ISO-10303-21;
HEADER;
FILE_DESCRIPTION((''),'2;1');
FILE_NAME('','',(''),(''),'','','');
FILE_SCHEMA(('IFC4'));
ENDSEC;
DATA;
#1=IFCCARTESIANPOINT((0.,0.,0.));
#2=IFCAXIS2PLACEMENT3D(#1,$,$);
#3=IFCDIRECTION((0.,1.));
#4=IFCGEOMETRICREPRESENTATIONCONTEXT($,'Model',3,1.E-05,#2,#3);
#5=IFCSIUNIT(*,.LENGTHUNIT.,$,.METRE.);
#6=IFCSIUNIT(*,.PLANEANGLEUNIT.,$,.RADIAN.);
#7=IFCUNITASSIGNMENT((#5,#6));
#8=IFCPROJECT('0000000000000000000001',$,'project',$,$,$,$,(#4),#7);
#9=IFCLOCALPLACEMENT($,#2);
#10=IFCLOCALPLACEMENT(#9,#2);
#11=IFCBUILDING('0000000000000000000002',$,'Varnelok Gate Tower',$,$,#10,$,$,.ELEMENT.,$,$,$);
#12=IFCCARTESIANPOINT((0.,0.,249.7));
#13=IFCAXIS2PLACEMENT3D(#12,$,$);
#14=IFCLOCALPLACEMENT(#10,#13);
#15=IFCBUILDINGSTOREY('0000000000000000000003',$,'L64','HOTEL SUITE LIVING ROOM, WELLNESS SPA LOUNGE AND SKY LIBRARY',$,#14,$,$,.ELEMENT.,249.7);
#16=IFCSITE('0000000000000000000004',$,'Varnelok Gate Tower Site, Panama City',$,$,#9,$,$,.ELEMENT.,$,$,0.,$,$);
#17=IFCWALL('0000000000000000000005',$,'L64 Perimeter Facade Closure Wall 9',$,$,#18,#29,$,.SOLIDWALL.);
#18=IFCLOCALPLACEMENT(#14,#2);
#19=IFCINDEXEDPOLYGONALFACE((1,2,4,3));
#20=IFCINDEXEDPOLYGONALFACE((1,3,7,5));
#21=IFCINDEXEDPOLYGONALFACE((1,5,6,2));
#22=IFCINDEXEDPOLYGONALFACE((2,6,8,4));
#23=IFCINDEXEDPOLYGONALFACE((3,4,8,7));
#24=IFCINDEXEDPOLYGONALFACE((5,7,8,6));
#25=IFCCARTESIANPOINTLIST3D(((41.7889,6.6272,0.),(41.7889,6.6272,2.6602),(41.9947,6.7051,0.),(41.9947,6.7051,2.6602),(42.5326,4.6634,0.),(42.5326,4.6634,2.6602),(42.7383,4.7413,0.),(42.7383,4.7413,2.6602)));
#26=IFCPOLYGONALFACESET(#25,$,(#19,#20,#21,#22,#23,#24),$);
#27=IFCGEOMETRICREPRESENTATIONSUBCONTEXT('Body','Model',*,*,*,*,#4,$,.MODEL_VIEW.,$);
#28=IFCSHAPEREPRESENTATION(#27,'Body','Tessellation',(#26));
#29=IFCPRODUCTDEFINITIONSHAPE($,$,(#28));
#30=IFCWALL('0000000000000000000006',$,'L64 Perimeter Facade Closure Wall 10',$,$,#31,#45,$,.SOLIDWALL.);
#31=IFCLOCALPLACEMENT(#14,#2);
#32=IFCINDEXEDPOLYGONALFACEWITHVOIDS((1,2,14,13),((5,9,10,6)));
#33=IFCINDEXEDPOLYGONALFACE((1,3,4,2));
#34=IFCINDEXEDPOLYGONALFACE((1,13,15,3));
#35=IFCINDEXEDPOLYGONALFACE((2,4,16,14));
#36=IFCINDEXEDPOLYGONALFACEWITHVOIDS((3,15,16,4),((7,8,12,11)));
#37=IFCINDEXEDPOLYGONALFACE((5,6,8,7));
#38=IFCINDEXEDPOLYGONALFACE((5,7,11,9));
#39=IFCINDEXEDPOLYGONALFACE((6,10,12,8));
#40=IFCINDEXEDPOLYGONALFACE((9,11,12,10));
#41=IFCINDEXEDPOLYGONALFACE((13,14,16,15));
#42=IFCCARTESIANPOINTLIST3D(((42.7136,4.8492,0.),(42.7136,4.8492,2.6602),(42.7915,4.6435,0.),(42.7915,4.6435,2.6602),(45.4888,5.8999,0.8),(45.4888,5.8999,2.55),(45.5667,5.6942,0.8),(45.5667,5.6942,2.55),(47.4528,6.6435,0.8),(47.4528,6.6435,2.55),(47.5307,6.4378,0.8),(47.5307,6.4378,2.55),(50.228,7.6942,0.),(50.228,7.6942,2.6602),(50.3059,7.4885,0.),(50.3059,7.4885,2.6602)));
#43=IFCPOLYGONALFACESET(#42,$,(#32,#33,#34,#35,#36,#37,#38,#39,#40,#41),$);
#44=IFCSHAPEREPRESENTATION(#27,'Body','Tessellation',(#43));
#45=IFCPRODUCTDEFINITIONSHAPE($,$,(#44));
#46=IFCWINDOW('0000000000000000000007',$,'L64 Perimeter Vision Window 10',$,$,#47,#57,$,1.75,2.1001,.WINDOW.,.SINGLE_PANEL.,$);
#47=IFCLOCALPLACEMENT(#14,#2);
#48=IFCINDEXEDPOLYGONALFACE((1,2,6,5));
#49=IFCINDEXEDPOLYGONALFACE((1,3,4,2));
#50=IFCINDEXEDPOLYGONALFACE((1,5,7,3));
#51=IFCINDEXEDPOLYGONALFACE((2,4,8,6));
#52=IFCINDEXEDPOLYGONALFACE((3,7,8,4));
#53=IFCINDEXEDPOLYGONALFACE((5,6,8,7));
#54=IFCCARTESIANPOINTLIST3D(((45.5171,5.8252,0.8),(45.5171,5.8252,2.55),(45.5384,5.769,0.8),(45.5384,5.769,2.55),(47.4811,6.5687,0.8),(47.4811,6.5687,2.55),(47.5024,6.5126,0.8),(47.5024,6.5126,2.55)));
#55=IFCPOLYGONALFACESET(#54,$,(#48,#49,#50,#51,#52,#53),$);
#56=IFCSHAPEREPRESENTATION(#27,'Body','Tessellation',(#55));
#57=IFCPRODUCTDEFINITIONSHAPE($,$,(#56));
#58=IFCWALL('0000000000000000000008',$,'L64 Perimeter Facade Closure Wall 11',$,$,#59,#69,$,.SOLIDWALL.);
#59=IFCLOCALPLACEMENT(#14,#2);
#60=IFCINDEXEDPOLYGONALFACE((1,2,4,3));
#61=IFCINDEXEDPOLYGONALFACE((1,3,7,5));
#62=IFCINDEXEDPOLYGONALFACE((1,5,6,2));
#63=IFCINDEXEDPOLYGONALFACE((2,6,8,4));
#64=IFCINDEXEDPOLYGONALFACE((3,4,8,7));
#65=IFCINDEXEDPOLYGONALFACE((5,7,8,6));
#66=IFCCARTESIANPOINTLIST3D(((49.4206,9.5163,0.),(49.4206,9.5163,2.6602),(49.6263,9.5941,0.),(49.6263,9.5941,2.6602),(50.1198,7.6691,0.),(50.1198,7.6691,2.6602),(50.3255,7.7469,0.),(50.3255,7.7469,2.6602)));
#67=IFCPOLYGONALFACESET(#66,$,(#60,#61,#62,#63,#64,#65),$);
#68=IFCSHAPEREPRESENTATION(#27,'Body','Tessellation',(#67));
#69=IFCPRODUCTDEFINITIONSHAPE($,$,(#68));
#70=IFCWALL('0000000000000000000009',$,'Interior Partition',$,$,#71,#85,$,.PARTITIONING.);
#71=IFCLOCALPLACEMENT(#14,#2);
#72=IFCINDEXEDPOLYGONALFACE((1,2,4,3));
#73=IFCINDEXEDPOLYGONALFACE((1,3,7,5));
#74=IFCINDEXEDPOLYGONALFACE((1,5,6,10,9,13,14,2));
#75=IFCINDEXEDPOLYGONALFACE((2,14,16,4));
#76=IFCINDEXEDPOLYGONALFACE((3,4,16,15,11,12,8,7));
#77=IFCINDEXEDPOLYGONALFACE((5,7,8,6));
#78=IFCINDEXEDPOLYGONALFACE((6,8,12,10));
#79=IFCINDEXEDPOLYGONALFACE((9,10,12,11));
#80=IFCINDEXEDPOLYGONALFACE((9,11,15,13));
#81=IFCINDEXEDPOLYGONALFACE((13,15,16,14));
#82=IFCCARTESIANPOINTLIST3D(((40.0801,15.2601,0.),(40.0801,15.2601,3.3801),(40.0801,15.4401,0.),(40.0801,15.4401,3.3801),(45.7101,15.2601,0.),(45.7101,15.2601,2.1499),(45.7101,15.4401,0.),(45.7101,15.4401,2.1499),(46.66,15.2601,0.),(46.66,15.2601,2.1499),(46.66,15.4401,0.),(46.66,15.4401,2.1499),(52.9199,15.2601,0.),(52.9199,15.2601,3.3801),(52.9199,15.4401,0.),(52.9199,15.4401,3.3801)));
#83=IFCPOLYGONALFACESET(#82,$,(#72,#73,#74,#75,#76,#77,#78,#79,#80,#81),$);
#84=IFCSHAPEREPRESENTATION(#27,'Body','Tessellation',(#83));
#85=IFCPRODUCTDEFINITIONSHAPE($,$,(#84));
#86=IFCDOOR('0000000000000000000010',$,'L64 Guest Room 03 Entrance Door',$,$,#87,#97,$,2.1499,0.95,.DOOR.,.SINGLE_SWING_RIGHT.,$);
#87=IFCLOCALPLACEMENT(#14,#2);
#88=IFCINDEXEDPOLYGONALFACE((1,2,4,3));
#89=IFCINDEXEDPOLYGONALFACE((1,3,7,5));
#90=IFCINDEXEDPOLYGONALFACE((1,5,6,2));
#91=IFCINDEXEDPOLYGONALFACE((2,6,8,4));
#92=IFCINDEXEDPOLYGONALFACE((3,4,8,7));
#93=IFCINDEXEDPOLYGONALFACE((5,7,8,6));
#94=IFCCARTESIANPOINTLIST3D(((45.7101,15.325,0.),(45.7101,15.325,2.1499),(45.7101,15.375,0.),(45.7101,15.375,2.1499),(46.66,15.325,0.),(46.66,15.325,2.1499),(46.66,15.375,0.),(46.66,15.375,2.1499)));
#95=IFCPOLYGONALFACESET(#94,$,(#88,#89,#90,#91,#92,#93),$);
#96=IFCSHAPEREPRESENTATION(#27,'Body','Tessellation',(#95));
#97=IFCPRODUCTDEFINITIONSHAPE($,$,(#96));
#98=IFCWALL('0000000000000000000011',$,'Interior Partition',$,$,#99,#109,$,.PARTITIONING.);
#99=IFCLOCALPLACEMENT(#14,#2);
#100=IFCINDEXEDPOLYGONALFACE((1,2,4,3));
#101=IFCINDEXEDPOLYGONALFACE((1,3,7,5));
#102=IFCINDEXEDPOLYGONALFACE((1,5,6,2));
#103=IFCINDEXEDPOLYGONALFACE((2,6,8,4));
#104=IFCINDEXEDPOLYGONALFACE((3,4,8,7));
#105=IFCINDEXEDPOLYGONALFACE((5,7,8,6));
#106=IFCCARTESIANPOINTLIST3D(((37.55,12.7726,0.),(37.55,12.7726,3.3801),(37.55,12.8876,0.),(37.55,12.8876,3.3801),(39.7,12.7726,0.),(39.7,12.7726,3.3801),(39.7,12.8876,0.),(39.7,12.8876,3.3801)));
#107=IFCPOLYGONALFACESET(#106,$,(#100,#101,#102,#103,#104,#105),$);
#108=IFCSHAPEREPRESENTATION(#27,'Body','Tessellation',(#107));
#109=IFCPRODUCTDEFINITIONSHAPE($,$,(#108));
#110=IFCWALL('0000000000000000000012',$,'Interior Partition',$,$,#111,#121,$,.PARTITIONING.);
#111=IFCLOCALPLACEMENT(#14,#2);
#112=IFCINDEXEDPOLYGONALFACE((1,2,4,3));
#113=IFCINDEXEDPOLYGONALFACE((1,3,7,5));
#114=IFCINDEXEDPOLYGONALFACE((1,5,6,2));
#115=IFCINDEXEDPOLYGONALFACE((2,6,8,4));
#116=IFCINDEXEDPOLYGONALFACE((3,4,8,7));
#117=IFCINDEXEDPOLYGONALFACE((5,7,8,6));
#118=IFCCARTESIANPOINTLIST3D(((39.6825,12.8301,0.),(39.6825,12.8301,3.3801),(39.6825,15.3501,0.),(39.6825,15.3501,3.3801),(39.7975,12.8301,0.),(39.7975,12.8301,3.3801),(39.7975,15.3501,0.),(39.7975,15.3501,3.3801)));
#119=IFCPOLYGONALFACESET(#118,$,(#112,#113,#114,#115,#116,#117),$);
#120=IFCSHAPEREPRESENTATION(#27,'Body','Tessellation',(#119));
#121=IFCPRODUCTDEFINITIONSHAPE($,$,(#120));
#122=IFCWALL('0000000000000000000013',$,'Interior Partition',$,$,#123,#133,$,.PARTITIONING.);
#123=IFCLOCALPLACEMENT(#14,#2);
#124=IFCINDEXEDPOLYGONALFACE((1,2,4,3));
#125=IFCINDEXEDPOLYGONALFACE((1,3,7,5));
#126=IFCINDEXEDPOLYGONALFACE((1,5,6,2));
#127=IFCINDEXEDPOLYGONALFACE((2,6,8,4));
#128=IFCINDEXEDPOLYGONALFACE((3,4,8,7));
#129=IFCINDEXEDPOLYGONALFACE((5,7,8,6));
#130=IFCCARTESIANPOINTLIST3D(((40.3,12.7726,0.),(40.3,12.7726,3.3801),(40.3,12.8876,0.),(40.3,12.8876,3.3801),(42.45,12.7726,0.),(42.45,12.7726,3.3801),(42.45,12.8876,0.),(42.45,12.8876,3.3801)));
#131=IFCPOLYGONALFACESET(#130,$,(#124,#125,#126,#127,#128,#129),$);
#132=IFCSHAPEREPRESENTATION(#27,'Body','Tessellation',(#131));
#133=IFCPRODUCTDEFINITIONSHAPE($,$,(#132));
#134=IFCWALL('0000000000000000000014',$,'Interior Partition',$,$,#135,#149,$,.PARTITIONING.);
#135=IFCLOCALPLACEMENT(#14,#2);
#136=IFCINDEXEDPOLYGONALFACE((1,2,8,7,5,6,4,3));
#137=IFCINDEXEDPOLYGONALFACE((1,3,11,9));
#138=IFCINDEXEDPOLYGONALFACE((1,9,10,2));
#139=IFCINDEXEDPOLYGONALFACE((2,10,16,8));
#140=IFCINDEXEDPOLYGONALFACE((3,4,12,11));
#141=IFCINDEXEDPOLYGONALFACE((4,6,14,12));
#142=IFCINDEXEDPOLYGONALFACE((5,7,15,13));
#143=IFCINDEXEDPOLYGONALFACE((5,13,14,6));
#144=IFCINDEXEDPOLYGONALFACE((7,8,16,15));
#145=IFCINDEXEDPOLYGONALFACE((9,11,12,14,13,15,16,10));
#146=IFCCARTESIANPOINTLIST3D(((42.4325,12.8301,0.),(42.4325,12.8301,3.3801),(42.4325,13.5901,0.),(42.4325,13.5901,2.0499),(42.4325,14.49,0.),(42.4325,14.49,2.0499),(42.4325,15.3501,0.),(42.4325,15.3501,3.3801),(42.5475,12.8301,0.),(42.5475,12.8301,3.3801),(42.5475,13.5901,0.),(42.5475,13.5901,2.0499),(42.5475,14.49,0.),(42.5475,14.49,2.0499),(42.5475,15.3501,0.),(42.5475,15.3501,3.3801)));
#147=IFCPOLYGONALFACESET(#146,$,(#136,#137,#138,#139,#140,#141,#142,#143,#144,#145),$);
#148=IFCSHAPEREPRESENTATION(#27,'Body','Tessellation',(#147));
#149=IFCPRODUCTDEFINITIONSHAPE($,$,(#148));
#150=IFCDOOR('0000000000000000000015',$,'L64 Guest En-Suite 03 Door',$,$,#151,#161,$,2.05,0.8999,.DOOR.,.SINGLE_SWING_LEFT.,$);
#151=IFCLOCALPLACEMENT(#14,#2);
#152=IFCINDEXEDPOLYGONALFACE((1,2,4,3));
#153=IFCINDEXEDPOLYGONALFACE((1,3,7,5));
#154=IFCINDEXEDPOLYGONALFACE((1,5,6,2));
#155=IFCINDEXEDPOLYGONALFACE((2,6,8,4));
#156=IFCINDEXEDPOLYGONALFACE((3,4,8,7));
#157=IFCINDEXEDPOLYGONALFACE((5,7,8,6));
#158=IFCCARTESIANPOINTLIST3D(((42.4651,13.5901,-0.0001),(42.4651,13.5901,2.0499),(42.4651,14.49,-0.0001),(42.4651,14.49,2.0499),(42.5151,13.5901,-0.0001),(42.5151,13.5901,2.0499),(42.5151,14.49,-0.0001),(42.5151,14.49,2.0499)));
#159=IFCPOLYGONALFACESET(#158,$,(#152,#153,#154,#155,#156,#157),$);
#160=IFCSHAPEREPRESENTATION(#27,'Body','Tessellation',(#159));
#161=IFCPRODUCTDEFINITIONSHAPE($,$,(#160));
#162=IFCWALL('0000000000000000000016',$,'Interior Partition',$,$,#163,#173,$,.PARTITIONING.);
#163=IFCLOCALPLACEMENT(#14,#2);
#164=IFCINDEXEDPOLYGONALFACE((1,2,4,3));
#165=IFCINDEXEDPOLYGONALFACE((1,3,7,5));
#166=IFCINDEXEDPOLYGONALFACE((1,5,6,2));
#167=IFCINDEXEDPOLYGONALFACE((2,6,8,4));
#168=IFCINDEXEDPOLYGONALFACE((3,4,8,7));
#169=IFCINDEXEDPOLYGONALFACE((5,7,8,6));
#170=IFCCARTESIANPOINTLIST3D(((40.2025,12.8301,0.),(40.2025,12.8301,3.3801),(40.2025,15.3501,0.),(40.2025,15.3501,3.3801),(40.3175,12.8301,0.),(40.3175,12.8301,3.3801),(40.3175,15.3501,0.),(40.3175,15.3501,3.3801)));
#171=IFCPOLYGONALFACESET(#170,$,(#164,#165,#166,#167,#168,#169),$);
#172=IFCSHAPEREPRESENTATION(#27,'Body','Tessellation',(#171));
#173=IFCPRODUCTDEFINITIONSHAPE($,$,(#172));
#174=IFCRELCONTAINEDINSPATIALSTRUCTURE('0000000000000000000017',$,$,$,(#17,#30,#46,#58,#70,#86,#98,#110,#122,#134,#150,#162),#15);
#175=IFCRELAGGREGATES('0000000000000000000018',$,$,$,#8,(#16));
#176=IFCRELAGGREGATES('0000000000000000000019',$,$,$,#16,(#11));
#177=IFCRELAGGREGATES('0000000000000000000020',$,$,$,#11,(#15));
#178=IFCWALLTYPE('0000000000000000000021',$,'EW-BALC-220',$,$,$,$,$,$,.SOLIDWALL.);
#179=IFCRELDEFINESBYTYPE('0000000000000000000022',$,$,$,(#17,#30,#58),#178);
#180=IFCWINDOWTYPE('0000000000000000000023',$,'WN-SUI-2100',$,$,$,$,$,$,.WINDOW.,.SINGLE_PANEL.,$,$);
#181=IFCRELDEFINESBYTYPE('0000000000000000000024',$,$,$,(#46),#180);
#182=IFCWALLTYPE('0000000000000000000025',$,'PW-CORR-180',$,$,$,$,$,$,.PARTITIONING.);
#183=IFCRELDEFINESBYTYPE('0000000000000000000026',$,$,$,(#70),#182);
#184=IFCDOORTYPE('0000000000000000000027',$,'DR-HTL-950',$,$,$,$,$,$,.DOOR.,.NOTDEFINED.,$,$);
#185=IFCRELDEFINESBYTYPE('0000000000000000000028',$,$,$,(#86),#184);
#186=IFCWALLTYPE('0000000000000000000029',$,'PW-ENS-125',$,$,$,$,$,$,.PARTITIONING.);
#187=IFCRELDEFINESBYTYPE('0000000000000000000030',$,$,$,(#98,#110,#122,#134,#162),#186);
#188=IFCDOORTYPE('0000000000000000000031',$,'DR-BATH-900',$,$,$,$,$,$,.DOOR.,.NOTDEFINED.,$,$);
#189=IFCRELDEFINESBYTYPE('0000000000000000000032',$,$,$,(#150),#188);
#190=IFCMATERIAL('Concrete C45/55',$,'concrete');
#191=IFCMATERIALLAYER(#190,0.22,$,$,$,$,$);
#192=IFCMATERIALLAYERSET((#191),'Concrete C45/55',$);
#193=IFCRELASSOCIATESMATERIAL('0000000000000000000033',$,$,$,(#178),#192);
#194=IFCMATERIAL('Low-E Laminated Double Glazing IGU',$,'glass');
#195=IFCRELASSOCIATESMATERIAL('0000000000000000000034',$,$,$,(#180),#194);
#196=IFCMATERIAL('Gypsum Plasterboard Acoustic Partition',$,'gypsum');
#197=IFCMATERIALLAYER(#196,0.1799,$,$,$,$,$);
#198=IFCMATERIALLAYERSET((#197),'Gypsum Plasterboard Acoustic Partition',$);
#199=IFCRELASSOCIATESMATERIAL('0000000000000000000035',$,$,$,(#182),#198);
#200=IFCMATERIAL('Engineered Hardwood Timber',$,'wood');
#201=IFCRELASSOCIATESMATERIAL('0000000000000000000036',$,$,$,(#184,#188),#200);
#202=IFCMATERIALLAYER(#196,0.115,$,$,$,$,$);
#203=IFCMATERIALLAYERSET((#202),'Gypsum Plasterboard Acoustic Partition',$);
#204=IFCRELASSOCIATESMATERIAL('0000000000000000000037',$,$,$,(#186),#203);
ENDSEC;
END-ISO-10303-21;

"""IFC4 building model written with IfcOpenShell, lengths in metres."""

from ifc_helpers import new_model, si_unit, direction, frame, frame_2d, origin, place, context, subcontext, project, spatial, rectangle, extrude, material, layer, layer_set, type_object, element, fill, save


model = new_model("IFC4")

# Units and contexts
model_context = context("Model", 3, precision=1e-05, world=origin(), true_north=direction((0.0, 1.0)))
body_context = subcontext(model_context, "Body", "Model", "MODEL_VIEW")
ifc_project = project(units=[si_unit("LENGTHUNIT", "METRE"), si_unit("PLANEANGLEUNIT", "RADIAN")], contexts=[model_context])

# Site, building, storey
site_placement = place(None, origin())
site = spatial("IfcSite", under=ifc_project, at=site_placement, Name="Varnelok Gate Tower Site, Panama City", CompositionType="ELEMENT", RefElevation=0.0)
building_placement = place(site_placement, origin())
building = spatial("IfcBuilding", under=site, at=building_placement, Name="Varnelok Gate Tower", CompositionType="ELEMENT")
storey_placement = place(building_placement, frame((0.0, 0.0, 249.7)))
storey = spatial("IfcBuildingStorey", under=building, at=storey_placement, Name="L64", Description="HOTEL SUITE LIVING ROOM, WELLNESS SPA LOUNGE AND SKY LIBRARY", CompositionType="ELEMENT", Elevation=249.7)

# Shared definitions
ifc_material_1 = material(Name="Concrete C45/55", Category="concrete")
ifc_layer_1 = layer(ifc_material_1, 0.22)
ifc_layer_set_1 = layer_set([ifc_layer_1], Name="Concrete C45/55")
wall_type_1 = type_object("IfcWallType", Name="EW-BALC-220", PredefinedType="SOLIDWALL", material=ifc_layer_set_1)

# Wall
wall_1_placement = place(storey_placement, frame((41.8918, 6.666, 0.0), z_axis=(0.0, 0.0, 1.0), x_axis=(0.354128, -0.935197, 0.0)))
element("IfcWall", 1, at=wall_1_placement, inside=storey, type_object=wall_type_1, Name="L64 Perimeter Facade Closure Wall 9", PredefinedType="SOLIDWALL", context=body_context, shape_type="SweptSolid", body=[
    extrude(rectangle(XDim=2.0999, YDim=0.22, at=frame_2d((1.0498, 0.0))), origin(), (0.0, 0.0, 1.0), 2.6602),
])

# Wall, opening, window
wall_2_placement = place(storey_placement, frame((42.7524, 4.7463, 0.0), z_axis=(0.0, 0.0, 1.0), x_axis=(0.935217, 0.354075, 0.0)))
wall_2 = element("IfcWall", 2, at=wall_2_placement, inside=storey, type_object=wall_type_1, Name="L64 Perimeter Facade Closure Wall 10", PredefinedType="SOLIDWALL", context=body_context, shape_type="SweptSolid", body=[
    extrude(rectangle(XDim=8.0349, YDim=0.22, at=frame_2d((4.0176, 0.0))), origin(), (0.0, 0.0, 1.0), 2.6602),
])
opening_1_placement = place(wall_2_placement, frame((2.9675, 0.0, 0.8)))
opening_1 = element("IfcOpeningElement", 3, at=opening_1_placement, cuts=wall_2, PredefinedType="OPENING", context=body_context, shape_type="SweptSolid", body=[
    extrude(rectangle(XDim=2.1001, YDim=1.75, at=frame_2d((1.05, 0.875))), frame((0.0, 0.1199, 0.0), z_axis=(0.0, -1.0, 0.0), x_axis=(1.0, 0.0, 0.0)), (0.0, 0.0, 1.0), 0.24),
])
ifc_material_2 = material(Name="Low-E Laminated Double Glazing IGU", Category="glass")
window_type = type_object("IfcWindowType", Name="WN-SUI-2100", PartitioningType="SINGLE_PANEL", PredefinedType="WINDOW", material=ifc_material_2)
window_placement = place(opening_1_placement, origin())
window = element("IfcWindow", 4, at=window_placement, inside=storey, type_object=window_type, Name="L64 Perimeter Vision Window 10", OverallHeight=1.75, OverallWidth=2.1001, PartitioningType="SINGLE_PANEL", PredefinedType="WINDOW", context=body_context, shape_type="SweptSolid", body=[
    extrude(rectangle(XDim=2.1001, YDim=1.75, at=frame_2d((1.05, 0.875))), frame((0.0, 0.03, 0.0), z_axis=(0.0, -1.0, 0.0), x_axis=(1.0, 0.0, 0.0)), (0.0, 0.0, 1.0), 0.0601),
])
fill(opening_1, window)

# Wall
wall_3_placement = place(storey_placement, frame((50.2227, 7.708, 0.0), z_axis=(0.0, 0.0, 1.0), x_axis=(-0.354021, 0.935238, 0.0)))
element("IfcWall", 5, at=wall_3_placement, inside=storey, type_object=wall_type_1, Name="L64 Perimeter Facade Closure Wall 11", PredefinedType="SOLIDWALL", context=body_context, shape_type="SweptSolid", body=[
    extrude(rectangle(XDim=1.9751, YDim=0.22, at=frame_2d((0.9875, 0.0))), origin(), (0.0, 0.0, 1.0), 2.6602),
])

# Wall, opening, door
ifc_material_3 = material(Name="Gypsum Plasterboard Acoustic Partition", Category="gypsum")
ifc_layer_2 = layer(ifc_material_3, 0.1799)
ifc_layer_set_2 = layer_set([ifc_layer_2], Name="Gypsum Plasterboard Acoustic Partition")
wall_type_2 = type_object("IfcWallType", Name="PW-CORR-180", PredefinedType="PARTITIONING", material=ifc_layer_set_2)
wall_4_placement = place(storey_placement, frame((40.0801, 15.3501, 0.0), z_axis=(0.0, 0.0, 1.0), x_axis=(1.0, 0.0, 0.0)))
wall_4 = element("IfcWall", 6, at=wall_4_placement, inside=storey, type_object=wall_type_2, Name="Interior Partition", PredefinedType="PARTITIONING", context=body_context, shape_type="SweptSolid", body=[
    extrude(rectangle(XDim=12.8398, YDim=0.1799, at=frame_2d((6.4199, 0.0))), origin(), (0.0, 0.0, 1.0), 3.3801),
])
opening_2_placement = place(wall_4_placement, frame((5.6299, 0.0, 0.0)))
opening_2 = element("IfcOpeningElement", 7, at=opening_2_placement, cuts=wall_4, PredefinedType="OPENING", context=body_context, shape_type="SweptSolid", body=[
    extrude(rectangle(XDim=0.95, YDim=2.1499, at=frame_2d((0.4751, 1.075))), frame((0.0, 0.0999, 0.0), z_axis=(0.0, -1.0, 0.0), x_axis=(1.0, 0.0, 0.0)), (0.0, 0.0, 1.0), 0.2),
])
ifc_material_4 = material(Name="Engineered Hardwood Timber", Category="wood")
door_type_1 = type_object("IfcDoorType", Name="DR-HTL-950", OperationType="NOTDEFINED", PredefinedType="DOOR", material=ifc_material_4)
door_1_placement = place(opening_2_placement, origin())
door_1 = element("IfcDoor", 8, at=door_1_placement, inside=storey, type_object=door_type_1, Name="L64 Guest Room 03 Entrance Door", OperationType="SINGLE_SWING_RIGHT", OverallHeight=2.1499, OverallWidth=0.95, PredefinedType="DOOR", context=body_context, shape_type="SweptSolid", body=[
    extrude(rectangle(XDim=0.95, YDim=2.1499, at=frame_2d((0.4751, 1.075))), frame((0.0, 0.0249, 0.0), z_axis=(0.0, -1.0, 0.0), x_axis=(1.0, 0.0, 0.0)), (0.0, 0.0, 1.0), 0.05),
])
fill(opening_2, door_1)

# Walls
ifc_layer_3 = layer(ifc_material_3, 0.115)
ifc_layer_set_3 = layer_set([ifc_layer_3], Name="Gypsum Plasterboard Acoustic Partition")
wall_type_3 = type_object("IfcWallType", Name="PW-ENS-125", PredefinedType="PARTITIONING", material=ifc_layer_set_3)
wall_5_placement = place(storey_placement, frame((37.55, 12.8301, 0.0), z_axis=(0.0, 0.0, 1.0), x_axis=(1.0, 0.0, 0.0)))
element("IfcWall", 9, at=wall_5_placement, inside=storey, type_object=wall_type_3, Name="Interior Partition", PredefinedType="PARTITIONING", context=body_context, shape_type="SweptSolid", body=[
    extrude(rectangle(XDim=2.1499, YDim=0.115, at=frame_2d((1.075, 0.0))), origin(), (0.0, 0.0, 1.0), 3.3801),
])
wall_6_placement = place(storey_placement, frame((39.74, 12.8301, 0.0), z_axis=(0.0, 0.0, 1.0), x_axis=(0.0, 1.0, 0.0)))
element("IfcWall", 10, at=wall_6_placement, inside=storey, type_object=wall_type_3, Name="Interior Partition", PredefinedType="PARTITIONING", context=body_context, shape_type="SweptSolid", body=[
    extrude(rectangle(XDim=2.52, YDim=0.115, at=frame_2d((1.26, 0.0))), origin(), (0.0, 0.0, 1.0), 3.3801),
])
wall_7_placement = place(storey_placement, frame((40.3, 12.8301, 0.0), z_axis=(0.0, 0.0, 1.0), x_axis=(1.0, 0.0, 0.0)))
element("IfcWall", 11, at=wall_7_placement, inside=storey, type_object=wall_type_3, Name="Interior Partition", PredefinedType="PARTITIONING", context=body_context, shape_type="SweptSolid", body=[
    extrude(rectangle(XDim=2.1499, YDim=0.115, at=frame_2d((1.075, 0.0))), origin(), (0.0, 0.0, 1.0), 3.3801),
])

# Wall, opening, door
wall_8_placement = place(storey_placement, frame((42.49, 12.8301, 0.0), z_axis=(0.0, 0.0, 1.0), x_axis=(0.0, 1.0, 0.0)))
wall_8 = element("IfcWall", 12, at=wall_8_placement, inside=storey, type_object=wall_type_3, Name="Interior Partition", PredefinedType="PARTITIONING", context=body_context, shape_type="SweptSolid", body=[
    extrude(rectangle(XDim=2.52, YDim=0.115, at=frame_2d((1.26, 0.0))), origin(), (0.0, 0.0, 1.0), 3.3801),
])
opening_3_placement = place(wall_8_placement, frame((0.76, 0.0, 0.0)))
opening_3 = element("IfcOpeningElement", 13, at=opening_3_placement, cuts=wall_8, PredefinedType="OPENING", context=body_context, shape_type="SweptSolid", body=[
    extrude(rectangle(XDim=0.8999, YDim=2.05, at=frame_2d((0.45, 1.0249))), frame((0.0, 0.0674, 0.0), z_axis=(0.0, -1.0, 0.0), x_axis=(1.0, 0.0, 0.0)), (0.0, 0.0, 1.0), 0.135),
])
door_type_2 = type_object("IfcDoorType", Name="DR-BATH-900", OperationType="NOTDEFINED", PredefinedType="DOOR", material=ifc_material_4)
door_2_placement = place(opening_3_placement, origin())
door_2 = element("IfcDoor", 14, at=door_2_placement, inside=storey, type_object=door_type_2, Name="L64 Guest En-Suite 03 Door", OperationType="SINGLE_SWING_LEFT", OverallHeight=2.05, OverallWidth=0.8999, PredefinedType="DOOR", context=body_context, shape_type="SweptSolid", body=[
    extrude(rectangle(XDim=0.8999, YDim=2.05, at=frame_2d((0.45, 1.0249))), frame((0.0, 0.0249, 0.0), z_axis=(0.0, -1.0, 0.0), x_axis=(1.0, 0.0, 0.0)), (0.0, 0.0, 1.0), 0.05),
])
fill(opening_3, door_2)

# Wall
wall_9_placement = place(storey_placement, frame((40.26, 12.8301, 0.0), z_axis=(0.0, 0.0, 1.0), x_axis=(0.0, 1.0, 0.0)))
element("IfcWall", 15, at=wall_9_placement, inside=storey, type_object=wall_type_3, Name="Interior Partition", PredefinedType="PARTITIONING", context=body_context, shape_type="SweptSolid", body=[
    extrude(rectangle(XDim=2.52, YDim=0.115, at=frame_2d((1.26, 0.0))), origin(), (0.0, 0.0, 1.0), 3.3801),
])

save(model, "model.ifc")
